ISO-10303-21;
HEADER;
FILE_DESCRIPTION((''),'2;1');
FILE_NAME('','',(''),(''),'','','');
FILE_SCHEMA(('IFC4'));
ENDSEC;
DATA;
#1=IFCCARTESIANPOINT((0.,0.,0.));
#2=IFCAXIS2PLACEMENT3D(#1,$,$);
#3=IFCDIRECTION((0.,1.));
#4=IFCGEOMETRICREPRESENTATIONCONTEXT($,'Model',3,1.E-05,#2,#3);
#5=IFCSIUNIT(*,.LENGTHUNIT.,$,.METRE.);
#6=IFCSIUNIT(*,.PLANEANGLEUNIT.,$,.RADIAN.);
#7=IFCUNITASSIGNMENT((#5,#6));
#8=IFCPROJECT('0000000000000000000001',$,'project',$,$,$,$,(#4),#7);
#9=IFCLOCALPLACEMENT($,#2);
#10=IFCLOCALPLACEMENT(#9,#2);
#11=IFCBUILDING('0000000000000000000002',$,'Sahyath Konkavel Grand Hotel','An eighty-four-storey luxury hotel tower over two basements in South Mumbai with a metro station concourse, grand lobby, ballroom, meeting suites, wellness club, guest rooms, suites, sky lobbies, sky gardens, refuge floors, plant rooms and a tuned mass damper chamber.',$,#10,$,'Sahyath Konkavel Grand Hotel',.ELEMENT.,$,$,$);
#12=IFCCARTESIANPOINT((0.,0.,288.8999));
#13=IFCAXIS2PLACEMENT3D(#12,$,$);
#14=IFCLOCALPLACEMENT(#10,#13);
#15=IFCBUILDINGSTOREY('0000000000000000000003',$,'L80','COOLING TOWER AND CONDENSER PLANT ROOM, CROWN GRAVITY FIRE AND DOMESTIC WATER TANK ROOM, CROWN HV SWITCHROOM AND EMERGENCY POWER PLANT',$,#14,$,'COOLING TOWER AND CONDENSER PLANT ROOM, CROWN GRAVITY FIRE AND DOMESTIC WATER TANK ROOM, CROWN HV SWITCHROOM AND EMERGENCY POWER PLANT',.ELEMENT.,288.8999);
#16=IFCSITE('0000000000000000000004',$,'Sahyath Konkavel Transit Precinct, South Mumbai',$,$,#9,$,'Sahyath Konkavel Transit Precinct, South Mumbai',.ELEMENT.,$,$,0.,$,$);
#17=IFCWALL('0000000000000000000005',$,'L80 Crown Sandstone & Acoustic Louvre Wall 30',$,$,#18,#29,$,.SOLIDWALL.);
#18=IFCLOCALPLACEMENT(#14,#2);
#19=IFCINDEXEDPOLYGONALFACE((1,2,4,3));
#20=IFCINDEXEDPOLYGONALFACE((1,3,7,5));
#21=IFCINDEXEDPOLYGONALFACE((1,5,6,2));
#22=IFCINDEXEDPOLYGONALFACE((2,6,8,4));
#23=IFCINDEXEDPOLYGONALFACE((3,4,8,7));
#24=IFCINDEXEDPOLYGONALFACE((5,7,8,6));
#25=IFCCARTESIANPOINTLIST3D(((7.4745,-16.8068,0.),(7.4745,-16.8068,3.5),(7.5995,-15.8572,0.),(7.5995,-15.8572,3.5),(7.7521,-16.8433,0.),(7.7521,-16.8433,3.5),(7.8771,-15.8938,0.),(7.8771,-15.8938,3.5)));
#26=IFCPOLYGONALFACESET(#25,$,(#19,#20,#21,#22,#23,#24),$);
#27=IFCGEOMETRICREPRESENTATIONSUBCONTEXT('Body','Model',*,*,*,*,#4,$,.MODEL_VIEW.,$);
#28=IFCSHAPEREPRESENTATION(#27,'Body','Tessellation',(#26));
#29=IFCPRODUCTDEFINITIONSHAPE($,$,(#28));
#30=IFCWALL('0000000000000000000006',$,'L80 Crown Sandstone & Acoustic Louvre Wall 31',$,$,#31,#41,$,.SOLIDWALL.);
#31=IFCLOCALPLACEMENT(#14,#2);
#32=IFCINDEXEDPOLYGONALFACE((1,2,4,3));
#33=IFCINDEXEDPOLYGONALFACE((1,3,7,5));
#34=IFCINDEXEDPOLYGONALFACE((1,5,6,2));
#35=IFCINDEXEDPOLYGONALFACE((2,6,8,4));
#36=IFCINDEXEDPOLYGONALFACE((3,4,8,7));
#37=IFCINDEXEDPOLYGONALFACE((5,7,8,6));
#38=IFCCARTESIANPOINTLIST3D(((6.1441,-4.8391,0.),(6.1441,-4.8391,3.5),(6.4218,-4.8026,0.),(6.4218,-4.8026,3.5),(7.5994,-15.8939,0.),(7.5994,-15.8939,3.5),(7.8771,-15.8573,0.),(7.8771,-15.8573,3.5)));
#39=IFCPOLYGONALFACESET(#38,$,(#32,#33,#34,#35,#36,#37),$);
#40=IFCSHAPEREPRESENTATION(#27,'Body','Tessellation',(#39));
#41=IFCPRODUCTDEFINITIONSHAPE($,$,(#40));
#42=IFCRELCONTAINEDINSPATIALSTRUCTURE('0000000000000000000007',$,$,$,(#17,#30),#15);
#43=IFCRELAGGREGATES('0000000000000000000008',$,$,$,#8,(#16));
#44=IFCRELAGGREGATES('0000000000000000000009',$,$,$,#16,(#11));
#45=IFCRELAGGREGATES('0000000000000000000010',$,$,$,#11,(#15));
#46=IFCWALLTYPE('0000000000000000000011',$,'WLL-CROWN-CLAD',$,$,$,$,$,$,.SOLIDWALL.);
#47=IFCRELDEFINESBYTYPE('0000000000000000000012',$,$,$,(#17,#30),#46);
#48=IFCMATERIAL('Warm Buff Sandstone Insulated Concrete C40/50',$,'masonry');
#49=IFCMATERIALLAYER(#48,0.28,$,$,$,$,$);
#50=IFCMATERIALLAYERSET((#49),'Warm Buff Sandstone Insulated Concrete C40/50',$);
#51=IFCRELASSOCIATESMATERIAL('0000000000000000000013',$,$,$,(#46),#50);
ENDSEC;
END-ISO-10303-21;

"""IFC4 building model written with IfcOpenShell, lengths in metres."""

from ifc_helpers import new_model, si_unit, direction, frame, frame_2d, origin, place, context, subcontext, project, spatial, rectangle, extrude, material, layer, layer_set, type_object, element, save


model = new_model("IFC4")

# Units and contexts
model_context = context("Model", 3, precision=1e-05, world=origin(), true_north=direction((0.0, 1.0)))
body_context = subcontext(model_context, "Body", "Model", "MODEL_VIEW")
ifc_project = project(units=[si_unit("LENGTHUNIT", "METRE"), si_unit("PLANEANGLEUNIT", "RADIAN")], contexts=[model_context])

# Site, building, storey
site_placement = place(None, origin())
site = spatial("IfcSite", under=ifc_project, at=site_placement, Name="Sahyath Konkavel Transit Precinct, South Mumbai", LongName="Sahyath Konkavel Transit Precinct, South Mumbai", CompositionType="ELEMENT", RefElevation=0.0)
building_placement = place(site_placement, origin())
building = spatial("IfcBuilding", under=site, at=building_placement, Name="Sahyath Konkavel Grand Hotel", Description="An eighty-four-storey luxury hotel tower over two basements in South Mumbai with a metro station concourse, grand lobby, ballroom, meeting suites, wellness club, guest rooms, suites, sky lobbies, sky gardens, refuge floors, plant rooms and a tuned mass damper chamber.", LongName="Sahyath Konkavel Grand Hotel", CompositionType="ELEMENT")
storey_placement = place(building_placement, frame((0.0, 0.0, 288.8999)))
storey = spatial("IfcBuildingStorey", under=building, at=storey_placement, Name="L80", Description="COOLING TOWER AND CONDENSER PLANT ROOM, CROWN GRAVITY FIRE AND DOMESTIC WATER TANK ROOM, CROWN HV SWITCHROOM AND EMERGENCY POWER PLANT", LongName="COOLING TOWER AND CONDENSER PLANT ROOM, CROWN GRAVITY FIRE AND DOMESTIC WATER TANK ROOM, CROWN HV SWITCHROOM AND EMERGENCY POWER PLANT", CompositionType="ELEMENT", Elevation=288.8999)

# Walls
ifc_material_1 = material(Name="Warm Buff Sandstone Insulated Concrete C40/50", Category="masonry")
ifc_layer_1 = layer(ifc_material_1, 0.28)
ifc_layer_set_1 = layer_set([ifc_layer_1], Name="Warm Buff Sandstone Insulated Concrete C40/50")
wall_type_1 = type_object("IfcWallType", Name="WLL-CROWN-CLAD", PredefinedType="SOLIDWALL", material=ifc_layer_set_1)
wall_1_placement = place(storey_placement, frame((7.6133, -16.8252, 0.0), z_axis=(0.0, 0.0, 1.0), x_axis=(0.130527, 0.991445, 0.0)))
element("IfcWall", 1, at=wall_1_placement, inside=storey, type_object=wall_type_1, Name="L80 Crown Sandstone & Acoustic Louvre Wall 30", PredefinedType="SOLIDWALL", context=body_context, shape_type="SweptSolid", body=[
    extrude(rectangle(XDim=0.9578, YDim=0.28, at=frame_2d((0.479, 0.0))), origin(), (0.0, 0.0, 1.0), 3.5),
])
wall_2_placement = place(storey_placement, frame((7.7383, -15.8757, 0.0), z_axis=(0.0, 0.0, 1.0), x_axis=(-0.130521, 0.991445, 0.0)))
element("IfcWall", 2, at=wall_2_placement, inside=storey, type_object=wall_type_1, Name="L80 Crown Sandstone & Acoustic Louvre Wall 31", PredefinedType="SOLIDWALL", context=body_context, shape_type="SweptSolid", body=[
    extrude(rectangle(XDim=11.1501, YDim=0.28, at=frame_2d((5.5752, 0.0))), origin(), (0.0, 0.0, 1.0), 3.5),
])

save(model, "model.ifc")
